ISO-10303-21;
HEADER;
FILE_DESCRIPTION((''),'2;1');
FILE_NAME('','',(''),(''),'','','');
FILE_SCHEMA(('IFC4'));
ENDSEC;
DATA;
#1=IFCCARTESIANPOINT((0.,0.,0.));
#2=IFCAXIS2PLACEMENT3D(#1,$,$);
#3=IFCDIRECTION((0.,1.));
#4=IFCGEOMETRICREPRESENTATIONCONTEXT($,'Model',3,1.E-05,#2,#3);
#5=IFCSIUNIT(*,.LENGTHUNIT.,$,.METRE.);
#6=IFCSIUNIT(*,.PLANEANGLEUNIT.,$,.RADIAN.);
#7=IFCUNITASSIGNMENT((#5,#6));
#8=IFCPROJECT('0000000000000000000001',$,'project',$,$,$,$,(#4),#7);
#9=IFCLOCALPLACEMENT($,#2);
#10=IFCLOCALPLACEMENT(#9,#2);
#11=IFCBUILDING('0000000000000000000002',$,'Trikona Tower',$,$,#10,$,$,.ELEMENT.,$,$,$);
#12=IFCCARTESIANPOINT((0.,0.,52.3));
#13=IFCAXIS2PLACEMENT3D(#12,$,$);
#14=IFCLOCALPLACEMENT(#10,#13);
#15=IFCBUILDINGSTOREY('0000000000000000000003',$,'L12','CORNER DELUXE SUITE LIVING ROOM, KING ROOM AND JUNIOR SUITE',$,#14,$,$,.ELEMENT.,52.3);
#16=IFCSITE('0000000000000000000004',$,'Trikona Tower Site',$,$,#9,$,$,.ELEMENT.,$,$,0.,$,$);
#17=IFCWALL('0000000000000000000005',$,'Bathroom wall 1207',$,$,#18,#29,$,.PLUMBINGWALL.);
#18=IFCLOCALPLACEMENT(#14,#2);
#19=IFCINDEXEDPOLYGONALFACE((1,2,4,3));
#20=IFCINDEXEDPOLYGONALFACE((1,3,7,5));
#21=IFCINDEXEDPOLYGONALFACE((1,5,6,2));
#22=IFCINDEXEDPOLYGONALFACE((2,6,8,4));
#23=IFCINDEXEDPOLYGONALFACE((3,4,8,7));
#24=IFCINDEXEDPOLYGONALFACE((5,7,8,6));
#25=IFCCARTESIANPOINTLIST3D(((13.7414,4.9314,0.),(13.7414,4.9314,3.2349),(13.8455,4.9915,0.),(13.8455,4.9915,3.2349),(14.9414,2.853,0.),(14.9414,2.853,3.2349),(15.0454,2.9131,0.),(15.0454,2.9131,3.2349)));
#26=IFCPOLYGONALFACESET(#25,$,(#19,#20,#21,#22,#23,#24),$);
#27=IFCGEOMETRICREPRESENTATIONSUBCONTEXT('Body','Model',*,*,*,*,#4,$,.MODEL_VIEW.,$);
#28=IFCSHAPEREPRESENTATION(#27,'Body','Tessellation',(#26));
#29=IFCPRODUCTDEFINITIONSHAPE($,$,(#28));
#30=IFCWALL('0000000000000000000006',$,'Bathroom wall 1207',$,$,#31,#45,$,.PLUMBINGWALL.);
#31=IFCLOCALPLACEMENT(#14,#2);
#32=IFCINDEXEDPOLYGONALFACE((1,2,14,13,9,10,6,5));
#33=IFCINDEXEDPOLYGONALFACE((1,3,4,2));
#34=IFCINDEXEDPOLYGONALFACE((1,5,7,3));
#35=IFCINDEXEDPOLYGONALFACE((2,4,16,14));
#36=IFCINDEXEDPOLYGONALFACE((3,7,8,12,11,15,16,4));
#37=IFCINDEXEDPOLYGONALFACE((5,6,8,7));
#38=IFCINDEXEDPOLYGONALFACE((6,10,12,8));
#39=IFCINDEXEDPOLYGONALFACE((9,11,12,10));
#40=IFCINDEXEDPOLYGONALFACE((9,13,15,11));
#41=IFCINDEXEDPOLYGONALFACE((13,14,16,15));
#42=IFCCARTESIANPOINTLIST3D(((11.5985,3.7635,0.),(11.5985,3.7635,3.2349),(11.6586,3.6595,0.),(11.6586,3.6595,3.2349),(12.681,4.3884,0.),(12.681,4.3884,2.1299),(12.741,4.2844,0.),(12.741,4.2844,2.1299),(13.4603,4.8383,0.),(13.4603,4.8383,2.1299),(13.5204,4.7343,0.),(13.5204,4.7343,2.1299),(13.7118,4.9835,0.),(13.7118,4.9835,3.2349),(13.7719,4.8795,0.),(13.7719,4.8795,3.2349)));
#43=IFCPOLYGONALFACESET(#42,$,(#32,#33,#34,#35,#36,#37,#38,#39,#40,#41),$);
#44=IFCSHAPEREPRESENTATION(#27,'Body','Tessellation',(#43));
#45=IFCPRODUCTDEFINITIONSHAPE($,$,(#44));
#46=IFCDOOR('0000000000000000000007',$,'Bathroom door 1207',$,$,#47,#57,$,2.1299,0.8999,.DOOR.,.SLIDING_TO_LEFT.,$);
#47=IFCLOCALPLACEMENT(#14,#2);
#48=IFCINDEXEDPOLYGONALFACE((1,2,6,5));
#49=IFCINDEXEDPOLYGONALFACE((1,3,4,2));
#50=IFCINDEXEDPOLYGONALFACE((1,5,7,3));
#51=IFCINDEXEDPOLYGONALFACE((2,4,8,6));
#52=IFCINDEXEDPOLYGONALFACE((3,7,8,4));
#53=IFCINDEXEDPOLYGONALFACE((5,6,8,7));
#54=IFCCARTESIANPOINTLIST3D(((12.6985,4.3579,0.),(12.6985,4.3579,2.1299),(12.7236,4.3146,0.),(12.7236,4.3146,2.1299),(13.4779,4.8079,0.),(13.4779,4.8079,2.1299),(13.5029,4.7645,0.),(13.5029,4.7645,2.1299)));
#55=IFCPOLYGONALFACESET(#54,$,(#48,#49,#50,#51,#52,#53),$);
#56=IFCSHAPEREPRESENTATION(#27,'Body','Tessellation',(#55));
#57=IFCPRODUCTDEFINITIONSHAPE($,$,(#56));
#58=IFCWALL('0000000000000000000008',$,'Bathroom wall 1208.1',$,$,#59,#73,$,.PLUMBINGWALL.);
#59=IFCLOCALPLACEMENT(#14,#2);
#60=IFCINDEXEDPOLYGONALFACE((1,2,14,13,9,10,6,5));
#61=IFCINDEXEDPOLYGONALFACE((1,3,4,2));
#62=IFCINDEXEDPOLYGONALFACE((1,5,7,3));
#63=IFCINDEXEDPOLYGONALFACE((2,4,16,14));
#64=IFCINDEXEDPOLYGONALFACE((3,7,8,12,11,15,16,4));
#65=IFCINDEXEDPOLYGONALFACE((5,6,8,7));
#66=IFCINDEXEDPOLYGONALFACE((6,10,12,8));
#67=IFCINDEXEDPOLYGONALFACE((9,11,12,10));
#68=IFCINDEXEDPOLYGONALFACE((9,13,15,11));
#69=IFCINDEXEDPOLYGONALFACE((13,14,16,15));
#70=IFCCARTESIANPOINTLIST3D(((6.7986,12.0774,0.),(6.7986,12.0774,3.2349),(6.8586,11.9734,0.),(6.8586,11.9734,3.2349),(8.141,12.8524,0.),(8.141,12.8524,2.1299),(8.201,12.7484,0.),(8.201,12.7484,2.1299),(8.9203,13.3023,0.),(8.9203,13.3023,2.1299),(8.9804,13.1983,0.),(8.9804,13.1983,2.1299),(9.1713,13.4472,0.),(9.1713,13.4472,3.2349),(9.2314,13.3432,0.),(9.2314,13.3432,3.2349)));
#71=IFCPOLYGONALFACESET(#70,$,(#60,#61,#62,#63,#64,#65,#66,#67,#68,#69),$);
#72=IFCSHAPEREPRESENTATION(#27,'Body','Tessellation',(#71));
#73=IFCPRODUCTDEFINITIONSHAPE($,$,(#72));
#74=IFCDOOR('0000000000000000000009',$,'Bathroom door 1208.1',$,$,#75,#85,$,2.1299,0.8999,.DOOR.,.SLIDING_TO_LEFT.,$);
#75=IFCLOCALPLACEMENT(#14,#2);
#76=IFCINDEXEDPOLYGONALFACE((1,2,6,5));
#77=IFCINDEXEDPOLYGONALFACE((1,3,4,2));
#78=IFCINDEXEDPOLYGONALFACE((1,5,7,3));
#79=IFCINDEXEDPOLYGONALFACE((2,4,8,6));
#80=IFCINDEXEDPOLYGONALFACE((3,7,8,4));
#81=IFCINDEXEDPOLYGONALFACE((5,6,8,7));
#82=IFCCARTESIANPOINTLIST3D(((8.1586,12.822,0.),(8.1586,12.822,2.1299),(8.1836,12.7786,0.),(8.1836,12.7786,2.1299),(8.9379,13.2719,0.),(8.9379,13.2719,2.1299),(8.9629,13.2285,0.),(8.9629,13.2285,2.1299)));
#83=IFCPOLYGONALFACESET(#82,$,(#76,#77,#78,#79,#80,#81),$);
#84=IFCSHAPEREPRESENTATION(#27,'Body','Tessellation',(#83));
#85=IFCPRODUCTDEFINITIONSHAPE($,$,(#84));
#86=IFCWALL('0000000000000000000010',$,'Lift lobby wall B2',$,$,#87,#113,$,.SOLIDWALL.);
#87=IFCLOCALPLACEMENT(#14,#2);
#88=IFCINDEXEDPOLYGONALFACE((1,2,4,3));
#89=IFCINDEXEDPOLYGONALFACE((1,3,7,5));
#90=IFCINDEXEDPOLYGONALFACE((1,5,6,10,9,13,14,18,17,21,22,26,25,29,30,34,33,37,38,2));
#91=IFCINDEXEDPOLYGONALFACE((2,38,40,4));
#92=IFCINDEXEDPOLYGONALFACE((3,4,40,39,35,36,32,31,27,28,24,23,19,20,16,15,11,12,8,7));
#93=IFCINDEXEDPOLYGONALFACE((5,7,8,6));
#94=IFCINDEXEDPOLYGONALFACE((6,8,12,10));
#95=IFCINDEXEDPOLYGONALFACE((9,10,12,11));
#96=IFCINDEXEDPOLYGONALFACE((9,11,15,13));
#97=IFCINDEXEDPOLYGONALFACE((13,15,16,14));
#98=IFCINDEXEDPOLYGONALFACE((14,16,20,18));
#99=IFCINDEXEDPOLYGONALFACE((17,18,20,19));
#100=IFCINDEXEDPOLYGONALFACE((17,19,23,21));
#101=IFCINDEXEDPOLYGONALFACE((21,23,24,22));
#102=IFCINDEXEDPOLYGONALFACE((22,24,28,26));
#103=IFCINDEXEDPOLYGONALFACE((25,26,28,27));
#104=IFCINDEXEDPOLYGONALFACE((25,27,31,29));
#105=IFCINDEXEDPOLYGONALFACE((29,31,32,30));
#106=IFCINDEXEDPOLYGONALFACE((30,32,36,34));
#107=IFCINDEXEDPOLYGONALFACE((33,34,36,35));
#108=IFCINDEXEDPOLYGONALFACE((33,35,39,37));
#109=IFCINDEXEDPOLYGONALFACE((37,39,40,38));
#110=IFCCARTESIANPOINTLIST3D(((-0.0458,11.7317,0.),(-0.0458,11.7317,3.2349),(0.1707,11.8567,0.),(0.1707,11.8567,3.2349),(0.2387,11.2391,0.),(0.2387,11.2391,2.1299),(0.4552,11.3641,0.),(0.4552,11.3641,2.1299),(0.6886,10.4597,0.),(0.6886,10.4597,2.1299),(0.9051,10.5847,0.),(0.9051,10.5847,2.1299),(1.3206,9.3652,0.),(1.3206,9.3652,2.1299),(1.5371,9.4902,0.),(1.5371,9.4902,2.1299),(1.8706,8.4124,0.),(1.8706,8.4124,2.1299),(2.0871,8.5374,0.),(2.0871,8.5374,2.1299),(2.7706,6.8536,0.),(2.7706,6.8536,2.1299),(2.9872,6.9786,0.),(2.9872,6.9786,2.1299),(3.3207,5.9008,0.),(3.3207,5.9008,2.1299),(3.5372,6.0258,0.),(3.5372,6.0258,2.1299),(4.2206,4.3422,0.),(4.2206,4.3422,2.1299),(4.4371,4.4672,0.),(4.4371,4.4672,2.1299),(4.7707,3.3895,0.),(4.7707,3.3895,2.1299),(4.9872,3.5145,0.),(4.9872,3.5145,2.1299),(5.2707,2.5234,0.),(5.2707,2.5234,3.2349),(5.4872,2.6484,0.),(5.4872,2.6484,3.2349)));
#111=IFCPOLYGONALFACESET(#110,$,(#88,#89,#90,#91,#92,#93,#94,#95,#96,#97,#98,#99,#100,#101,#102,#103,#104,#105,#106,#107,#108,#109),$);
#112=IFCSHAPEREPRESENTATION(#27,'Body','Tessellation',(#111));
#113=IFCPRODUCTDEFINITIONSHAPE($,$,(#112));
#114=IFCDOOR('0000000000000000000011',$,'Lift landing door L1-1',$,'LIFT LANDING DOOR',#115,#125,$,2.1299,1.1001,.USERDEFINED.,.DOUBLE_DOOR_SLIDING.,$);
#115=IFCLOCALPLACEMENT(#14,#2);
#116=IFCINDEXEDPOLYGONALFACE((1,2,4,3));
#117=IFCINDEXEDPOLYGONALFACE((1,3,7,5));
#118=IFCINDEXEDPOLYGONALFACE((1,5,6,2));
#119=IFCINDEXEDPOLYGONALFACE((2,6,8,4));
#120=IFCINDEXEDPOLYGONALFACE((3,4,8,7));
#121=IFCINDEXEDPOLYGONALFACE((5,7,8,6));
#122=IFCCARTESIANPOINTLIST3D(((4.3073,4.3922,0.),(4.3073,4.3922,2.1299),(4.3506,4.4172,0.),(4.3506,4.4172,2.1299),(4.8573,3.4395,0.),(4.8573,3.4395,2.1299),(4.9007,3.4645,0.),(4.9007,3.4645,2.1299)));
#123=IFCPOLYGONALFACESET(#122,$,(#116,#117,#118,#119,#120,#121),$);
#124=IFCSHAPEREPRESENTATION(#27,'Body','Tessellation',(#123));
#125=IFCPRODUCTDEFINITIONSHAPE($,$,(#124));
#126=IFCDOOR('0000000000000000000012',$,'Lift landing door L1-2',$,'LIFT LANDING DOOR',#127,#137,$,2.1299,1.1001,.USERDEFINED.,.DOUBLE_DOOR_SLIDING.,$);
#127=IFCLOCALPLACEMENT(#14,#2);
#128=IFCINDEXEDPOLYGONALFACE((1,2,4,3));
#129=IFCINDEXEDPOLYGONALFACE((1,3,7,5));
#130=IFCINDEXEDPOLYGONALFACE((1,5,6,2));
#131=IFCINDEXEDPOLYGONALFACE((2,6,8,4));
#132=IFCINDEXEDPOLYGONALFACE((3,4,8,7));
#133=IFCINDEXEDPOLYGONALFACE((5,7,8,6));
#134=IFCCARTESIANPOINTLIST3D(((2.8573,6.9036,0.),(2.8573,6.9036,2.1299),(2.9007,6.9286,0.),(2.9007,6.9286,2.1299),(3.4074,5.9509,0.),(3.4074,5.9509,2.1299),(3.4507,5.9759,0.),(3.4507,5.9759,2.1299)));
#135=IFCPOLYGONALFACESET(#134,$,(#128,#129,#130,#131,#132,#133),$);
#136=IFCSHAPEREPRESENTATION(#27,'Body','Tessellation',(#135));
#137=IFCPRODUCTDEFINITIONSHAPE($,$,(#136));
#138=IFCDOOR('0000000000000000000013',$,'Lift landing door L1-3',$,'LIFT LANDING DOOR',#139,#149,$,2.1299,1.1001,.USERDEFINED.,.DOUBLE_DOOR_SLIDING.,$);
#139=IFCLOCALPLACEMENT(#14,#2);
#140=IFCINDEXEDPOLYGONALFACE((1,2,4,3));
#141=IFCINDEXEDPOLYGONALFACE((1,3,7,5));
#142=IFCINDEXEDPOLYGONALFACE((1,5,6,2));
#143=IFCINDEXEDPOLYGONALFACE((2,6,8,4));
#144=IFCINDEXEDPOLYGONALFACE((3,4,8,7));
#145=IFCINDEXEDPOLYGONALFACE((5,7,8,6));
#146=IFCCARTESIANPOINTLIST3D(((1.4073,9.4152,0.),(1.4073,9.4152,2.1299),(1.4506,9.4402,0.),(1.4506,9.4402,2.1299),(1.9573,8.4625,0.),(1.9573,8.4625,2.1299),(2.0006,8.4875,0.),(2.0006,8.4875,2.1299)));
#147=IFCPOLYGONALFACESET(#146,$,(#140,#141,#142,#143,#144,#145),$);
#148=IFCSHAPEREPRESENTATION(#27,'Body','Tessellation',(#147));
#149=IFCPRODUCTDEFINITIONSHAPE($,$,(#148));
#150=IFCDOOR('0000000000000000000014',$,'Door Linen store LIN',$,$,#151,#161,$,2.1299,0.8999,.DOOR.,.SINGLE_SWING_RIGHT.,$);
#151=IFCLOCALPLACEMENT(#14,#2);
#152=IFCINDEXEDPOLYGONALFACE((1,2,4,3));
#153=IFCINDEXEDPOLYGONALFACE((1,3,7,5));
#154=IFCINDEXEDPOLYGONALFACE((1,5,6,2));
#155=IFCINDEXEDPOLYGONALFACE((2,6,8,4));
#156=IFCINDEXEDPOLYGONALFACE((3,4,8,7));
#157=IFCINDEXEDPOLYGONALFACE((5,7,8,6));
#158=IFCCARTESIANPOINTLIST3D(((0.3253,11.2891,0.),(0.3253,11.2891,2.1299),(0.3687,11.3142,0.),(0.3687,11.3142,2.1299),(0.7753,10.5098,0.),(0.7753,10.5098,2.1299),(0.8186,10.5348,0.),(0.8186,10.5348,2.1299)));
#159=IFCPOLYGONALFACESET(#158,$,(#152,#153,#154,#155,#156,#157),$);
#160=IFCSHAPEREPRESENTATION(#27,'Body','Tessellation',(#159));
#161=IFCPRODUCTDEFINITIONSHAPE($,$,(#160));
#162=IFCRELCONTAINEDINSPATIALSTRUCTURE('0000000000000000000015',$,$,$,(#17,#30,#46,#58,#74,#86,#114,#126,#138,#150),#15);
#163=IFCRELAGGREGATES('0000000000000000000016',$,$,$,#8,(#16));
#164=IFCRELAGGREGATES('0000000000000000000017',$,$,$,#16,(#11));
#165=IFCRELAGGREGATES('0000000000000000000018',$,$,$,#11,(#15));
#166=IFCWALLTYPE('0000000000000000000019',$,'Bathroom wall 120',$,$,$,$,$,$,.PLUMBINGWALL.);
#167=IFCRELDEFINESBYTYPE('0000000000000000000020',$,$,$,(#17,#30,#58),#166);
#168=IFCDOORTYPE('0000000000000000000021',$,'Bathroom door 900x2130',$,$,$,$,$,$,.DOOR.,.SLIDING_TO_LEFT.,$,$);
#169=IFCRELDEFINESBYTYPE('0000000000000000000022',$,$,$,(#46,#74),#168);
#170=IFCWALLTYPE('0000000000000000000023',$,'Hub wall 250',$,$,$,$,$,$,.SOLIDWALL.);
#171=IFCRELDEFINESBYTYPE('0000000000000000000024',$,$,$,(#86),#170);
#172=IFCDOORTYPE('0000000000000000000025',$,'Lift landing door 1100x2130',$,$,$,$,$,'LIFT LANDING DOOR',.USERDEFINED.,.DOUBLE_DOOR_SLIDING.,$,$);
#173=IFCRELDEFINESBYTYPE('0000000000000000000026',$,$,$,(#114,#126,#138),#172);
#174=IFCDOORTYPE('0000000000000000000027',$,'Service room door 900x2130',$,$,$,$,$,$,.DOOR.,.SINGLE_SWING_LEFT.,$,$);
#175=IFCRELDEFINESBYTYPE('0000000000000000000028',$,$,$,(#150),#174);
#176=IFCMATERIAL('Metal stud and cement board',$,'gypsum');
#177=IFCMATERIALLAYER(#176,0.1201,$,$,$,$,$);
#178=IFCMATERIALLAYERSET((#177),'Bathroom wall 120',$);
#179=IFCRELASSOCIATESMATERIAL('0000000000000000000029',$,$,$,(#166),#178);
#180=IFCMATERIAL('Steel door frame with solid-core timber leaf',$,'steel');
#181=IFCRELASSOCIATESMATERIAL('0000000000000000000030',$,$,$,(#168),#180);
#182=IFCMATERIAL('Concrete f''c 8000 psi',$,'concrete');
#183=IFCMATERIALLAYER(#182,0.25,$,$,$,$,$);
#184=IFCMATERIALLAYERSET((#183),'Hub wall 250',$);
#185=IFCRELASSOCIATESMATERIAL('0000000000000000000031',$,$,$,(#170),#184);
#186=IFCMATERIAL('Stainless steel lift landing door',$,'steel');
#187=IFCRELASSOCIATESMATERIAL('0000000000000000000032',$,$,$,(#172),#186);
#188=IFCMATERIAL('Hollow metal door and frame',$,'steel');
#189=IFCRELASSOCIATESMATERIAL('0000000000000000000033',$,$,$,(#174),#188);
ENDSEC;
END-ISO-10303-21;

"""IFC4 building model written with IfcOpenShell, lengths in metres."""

from ifc_helpers import new_model, si_unit, direction, frame, frame_2d, origin, place, context, subcontext, project, spatial, rectangle, extrude, material, layer, layer_set, type_object, element, fill, save


model = new_model("IFC4")

# Units and contexts
model_context = context("Model", 3, precision=1e-05, world=origin(), true_north=direction((0.0, 1.0)))
body_context = subcontext(model_context, "Body", "Model", "MODEL_VIEW")
ifc_project = project(units=[si_unit("LENGTHUNIT", "METRE"), si_unit("PLANEANGLEUNIT", "RADIAN")], contexts=[model_context])

# Site, building, storey
site_placement = place(None, origin())
site = spatial("IfcSite", under=ifc_project, at=site_placement, Name="Trikona Tower Site", CompositionType="ELEMENT", RefElevation=0.0)
building_placement = place(site_placement, origin())
building = spatial("IfcBuilding", under=site, at=building_placement, Name="Trikona Tower", CompositionType="ELEMENT")
storey_placement = place(building_placement, frame((0.0, 0.0, 52.3)))
storey = spatial("IfcBuildingStorey", under=building, at=storey_placement, Name="L12", Description="CORNER DELUXE SUITE LIVING ROOM, KING ROOM AND JUNIOR SUITE", CompositionType="ELEMENT", Elevation=52.3)

# Wall
ifc_material_1 = material(Name="Metal stud and cement board", Category="gypsum")
ifc_layer_1 = layer(ifc_material_1, 0.1201)
ifc_layer_set_1 = layer_set([ifc_layer_1], Name="Bathroom wall 120")
wall_type_1 = type_object("IfcWallType", Name="Bathroom wall 120", PredefinedType="PLUMBINGWALL", material=ifc_layer_set_1)
wall_1_placement = place(storey_placement, frame((14.9934, 2.8831, 0.0), z_axis=(0.0, 0.0, 1.0), x_axis=(-0.500001, 0.866025, 0.0)))
element("IfcWall", 1, at=wall_1_placement, inside=storey, type_object=wall_type_1, Name="Bathroom wall 1207", PredefinedType="PLUMBINGWALL", context=body_context, shape_type="SweptSolid", body=[
    extrude(rectangle(XDim=2.3999, YDim=0.1201, at=frame_2d((1.2, 0.0))), origin(), (0.0, 0.0, 1.0), 3.2349),
])

# Walls, openings, doors
wall_2_placement = place(storey_placement, frame((11.6284, 3.7114, 0.0), z_axis=(0.0, 0.0, 1.0), x_axis=(0.866049, 0.499959, 0.0)))
wall_2 = element("IfcWall", 2, at=wall_2_placement, inside=storey, type_object=wall_type_1, Name="Bathroom wall 1207", PredefinedType="PLUMBINGWALL", context=body_context, shape_type="SweptSolid", body=[
    extrude(rectangle(XDim=2.4402, YDim=0.1201, at=frame_2d((1.2202, 0.0))), origin(), (0.0, 0.0, 1.0), 3.2349),
])
opening_1_placement = place(wall_2_placement, frame((1.25, 0.0, 0.0)))
opening_1 = element("IfcOpeningElement", 3, at=opening_1_placement, cuts=wall_2, PredefinedType="OPENING", context=body_context, shape_type="SweptSolid", body=[
    extrude(rectangle(XDim=0.8999, YDim=2.1299, at=frame_2d((0.45, 1.0649))), frame((0.0, 0.0701, 0.0), z_axis=(0.0, -1.0, 0.0), x_axis=(1.0, 0.0, 0.0)), (0.0, 0.0, 1.0), 0.1401),
])
ifc_material_2 = material(Name="Steel door frame with solid-core timber leaf", Category="steel")
door_type_1 = type_object("IfcDoorType", Name="Bathroom door 900x2130", OperationType="SLIDING_TO_LEFT", PredefinedType="DOOR", material=ifc_material_2)
door_1_placement = place(opening_1_placement, origin())
door_1 = element("IfcDoor", 4, at=door_1_placement, inside=storey, type_object=door_type_1, Name="Bathroom door 1207", OperationType="SLIDING_TO_LEFT", OverallHeight=2.1299, OverallWidth=0.8999, PredefinedType="DOOR", context=body_context, shape_type="SweptSolid", body=[
    extrude(rectangle(XDim=0.8999, YDim=2.1299, at=frame_2d((0.45, 1.0649))), frame((0.0, 0.0249, 0.0), z_axis=(0.0, -1.0, 0.0), x_axis=(1.0, 0.0, 0.0)), (0.0, 0.0, 1.0), 0.05),
])
fill(opening_1, door_1)
wall_3_placement = place(storey_placement, frame((6.8286, 12.0254, 0.0), z_axis=(0.0, 0.0, 1.0), x_axis=(0.866036, 0.499982, 0.0)))
wall_3 = element("IfcWall", 5, at=wall_3_placement, inside=storey, type_object=wall_type_1, Name="Bathroom wall 1208.1", PredefinedType="PLUMBINGWALL", context=body_context, shape_type="SweptSolid", body=[
    extrude(rectangle(XDim=2.7397, YDim=0.1201, at=frame_2d((1.3699, 0.0))), origin(), (0.0, 0.0, 1.0), 3.2349),
])
opening_2_placement = place(wall_3_placement, frame((1.55, 0.0, 0.0)))
opening_2 = element("IfcOpeningElement", 6, at=opening_2_placement, cuts=wall_3, PredefinedType="OPENING", context=body_context, shape_type="SweptSolid", body=[
    extrude(rectangle(XDim=0.8999, YDim=2.1299, at=frame_2d((0.45, 1.0649))), frame((0.0, 0.0701, 0.0), z_axis=(0.0, -1.0, 0.0), x_axis=(1.0, 0.0, 0.0)), (0.0, 0.0, 1.0), 0.1401),
])
door_2_placement = place(opening_2_placement, origin())
door_2 = element("IfcDoor", 7, at=door_2_placement, inside=storey, type_object=door_type_1, Name="Bathroom door 1208.1", OperationType="SLIDING_TO_LEFT", OverallHeight=2.1299, OverallWidth=0.8999, PredefinedType="DOOR", context=body_context, shape_type="SweptSolid", body=[
    extrude(rectangle(XDim=0.8999, YDim=2.1299, at=frame_2d((0.45, 1.0649))), frame((0.0, 0.0249, 0.0), z_axis=(0.0, -1.0, 0.0), x_axis=(1.0, 0.0, 0.0)), (0.0, 0.0, 1.0), 0.05),
])
fill(opening_2, door_2)

# Wall, openings, doors
ifc_material_3 = material(Name="Concrete f'c 8000 psi", Category="concrete")
ifc_layer_2 = layer(ifc_material_3, 0.25)
ifc_layer_set_2 = layer_set([ifc_layer_2], Name="Hub wall 250")
wall_type_2 = type_object("IfcWallType", Name="Hub wall 250", PredefinedType="SOLIDWALL", material=ifc_layer_set_2)
wall_4_placement = place(storey_placement, frame((5.3789, 2.5859, 0.0), z_axis=(0.0, 0.0, 1.0), x_axis=(-0.500001, 0.866025, 0.0)))
wall_4 = element("IfcWall", 8, at=wall_4_placement, inside=storey, type_object=wall_type_2, Name="Lift lobby wall B2", PredefinedType="SOLIDWALL", context=body_context, shape_type="SweptSolid", body=[
    extrude(rectangle(XDim=10.6328, YDim=0.25, at=frame_2d((5.3164, 0.0))), origin(), (0.0, 0.0, 1.0), 3.2349),
])
opening_3_placement = place(wall_4_placement, frame((9.1641, 0.0, 0.0)))
opening_3 = element("IfcOpeningElement", 9, at=opening_3_placement, cuts=wall_4, PredefinedType="OPENING", context=body_context, shape_type="SweptSolid", body=[
    extrude(rectangle(XDim=0.8999, YDim=2.1299, at=frame_2d((0.45, 1.0649))), frame((0.0, 0.135, 0.0), z_axis=(0.0, -1.0, 0.0), x_axis=(1.0, 0.0, 0.0)), (0.0, 0.0, 1.0), 0.27),
])
opening_4_placement = place(wall_4_placement, frame((1.0, 0.0, 0.0)))
opening_4 = element("IfcOpeningElement", 10, at=opening_4_placement, cuts=wall_4, PredefinedType="OPENING", context=body_context, shape_type="SweptSolid", body=[
    extrude(rectangle(XDim=1.1001, YDim=2.1299, at=frame_2d((0.55, 1.0649))), frame((0.0, 0.135, 0.0), z_axis=(0.0, -1.0, 0.0), x_axis=(1.0, 0.0, 0.0)), (0.0, 0.0, 1.0), 0.27),
])
opening_5_placement = place(wall_4_placement, frame((3.8999, 0.0, 0.0)))
opening_5 = element("IfcOpeningElement", 11, at=opening_5_placement, cuts=wall_4, PredefinedType="OPENING", context=body_context, shape_type="SweptSolid", body=[
    extrude(rectangle(XDim=1.1001, YDim=2.1299, at=frame_2d((0.55, 1.0649))), frame((0.0, 0.135, 0.0), z_axis=(0.0, -1.0, 0.0), x_axis=(1.0, 0.0, 0.0)), (0.0, 0.0, 1.0), 0.27),
])
opening_6_placement = place(wall_4_placement, frame((6.8, 0.0, 0.0)))
opening_6 = element("IfcOpeningElement", 12, at=opening_6_placement, cuts=wall_4, PredefinedType="OPENING", context=body_context, shape_type="SweptSolid", body=[
    extrude(rectangle(XDim=1.1001, YDim=2.1299, at=frame_2d((0.55, 1.0649))), frame((0.0, 0.135, 0.0), z_axis=(0.0, -1.0, 0.0), x_axis=(1.0, 0.0, 0.0)), (0.0, 0.0, 1.0), 0.27),
])
ifc_material_4 = material(Name="Stainless steel lift landing door", Category="steel")
door_type_2 = type_object("IfcDoorType", Name="Lift landing door 1100x2130", ElementType="LIFT LANDING DOOR", OperationType="DOUBLE_DOOR_SLIDING", PredefinedType="USERDEFINED", material=ifc_material_4)
door_3_placement = place(opening_4_placement, origin())
door_3 = element("IfcDoor", 13, at=door_3_placement, inside=storey, type_object=door_type_2, Name="Lift landing door L1-1", ObjectType="LIFT LANDING DOOR", OperationType="DOUBLE_DOOR_SLIDING", OverallHeight=2.1299, OverallWidth=1.1001, PredefinedType="USERDEFINED", context=body_context, shape_type="SweptSolid", body=[
    extrude(rectangle(XDim=1.1001, YDim=2.1299, at=frame_2d((0.55, 1.0649))), frame((0.0, 0.0249, 0.0), z_axis=(0.0, -1.0, 0.0), x_axis=(1.0, 0.0, 0.0)), (0.0, 0.0, 1.0), 0.05),
])
fill(opening_4, door_3)
door_4_placement = place(opening_5_placement, origin())
door_4 = element("IfcDoor", 14, at=door_4_placement, inside=storey, type_object=door_type_2, Name="Lift landing door L1-2", ObjectType="LIFT LANDING DOOR", OperationType="DOUBLE_DOOR_SLIDING", OverallHeight=2.1299, OverallWidth=1.1001, PredefinedType="USERDEFINED", context=body_context, shape_type="SweptSolid", body=[
    extrude(rectangle(XDim=1.1001, YDim=2.1299, at=frame_2d((0.55, 1.0649))), frame((0.0, 0.0249, 0.0), z_axis=(0.0, -1.0, 0.0), x_axis=(1.0, 0.0, 0.0)), (0.0, 0.0, 1.0), 0.05),
])
fill(opening_5, door_4)
door_5_placement = place(opening_6_placement, origin())
door_5 = element("IfcDoor", 15, at=door_5_placement, inside=storey, type_object=door_type_2, Name="Lift landing door L1-3", ObjectType="LIFT LANDING DOOR", OperationType="DOUBLE_DOOR_SLIDING", OverallHeight=2.1299, OverallWidth=1.1001, PredefinedType="USERDEFINED", context=body_context, shape_type="SweptSolid", body=[
    extrude(rectangle(XDim=1.1001, YDim=2.1299, at=frame_2d((0.55, 1.0649))), frame((0.0, 0.0249, 0.0), z_axis=(0.0, -1.0, 0.0), x_axis=(1.0, 0.0, 0.0)), (0.0, 0.0, 1.0), 0.05),
])
fill(opening_6, door_5)
ifc_material_5 = material(Name="Hollow metal door and frame", Category="steel")
door_type_3 = type_object("IfcDoorType", Name="Service room door 900x2130", OperationType="SINGLE_SWING_LEFT", PredefinedType="DOOR", material=ifc_material_5)
door_6_placement = place(opening_3_placement, origin())
door_6 = element("IfcDoor", 16, at=door_6_placement, inside=storey, type_object=door_type_3, Name="Door Linen store LIN", OperationType="SINGLE_SWING_RIGHT", OverallHeight=2.1299, OverallWidth=0.8999, PredefinedType="DOOR", context=body_context, shape_type="SweptSolid", body=[
    extrude(rectangle(XDim=0.8999, YDim=2.1299, at=frame_2d((0.45, 1.0649))), frame((0.0, 0.0249, 0.0), z_axis=(0.0, -1.0, 0.0), x_axis=(1.0, 0.0, 0.0)), (0.0, 0.0, 1.0), 0.05),
])
fill(opening_3, door_6)

save(model, "model.ifc")
